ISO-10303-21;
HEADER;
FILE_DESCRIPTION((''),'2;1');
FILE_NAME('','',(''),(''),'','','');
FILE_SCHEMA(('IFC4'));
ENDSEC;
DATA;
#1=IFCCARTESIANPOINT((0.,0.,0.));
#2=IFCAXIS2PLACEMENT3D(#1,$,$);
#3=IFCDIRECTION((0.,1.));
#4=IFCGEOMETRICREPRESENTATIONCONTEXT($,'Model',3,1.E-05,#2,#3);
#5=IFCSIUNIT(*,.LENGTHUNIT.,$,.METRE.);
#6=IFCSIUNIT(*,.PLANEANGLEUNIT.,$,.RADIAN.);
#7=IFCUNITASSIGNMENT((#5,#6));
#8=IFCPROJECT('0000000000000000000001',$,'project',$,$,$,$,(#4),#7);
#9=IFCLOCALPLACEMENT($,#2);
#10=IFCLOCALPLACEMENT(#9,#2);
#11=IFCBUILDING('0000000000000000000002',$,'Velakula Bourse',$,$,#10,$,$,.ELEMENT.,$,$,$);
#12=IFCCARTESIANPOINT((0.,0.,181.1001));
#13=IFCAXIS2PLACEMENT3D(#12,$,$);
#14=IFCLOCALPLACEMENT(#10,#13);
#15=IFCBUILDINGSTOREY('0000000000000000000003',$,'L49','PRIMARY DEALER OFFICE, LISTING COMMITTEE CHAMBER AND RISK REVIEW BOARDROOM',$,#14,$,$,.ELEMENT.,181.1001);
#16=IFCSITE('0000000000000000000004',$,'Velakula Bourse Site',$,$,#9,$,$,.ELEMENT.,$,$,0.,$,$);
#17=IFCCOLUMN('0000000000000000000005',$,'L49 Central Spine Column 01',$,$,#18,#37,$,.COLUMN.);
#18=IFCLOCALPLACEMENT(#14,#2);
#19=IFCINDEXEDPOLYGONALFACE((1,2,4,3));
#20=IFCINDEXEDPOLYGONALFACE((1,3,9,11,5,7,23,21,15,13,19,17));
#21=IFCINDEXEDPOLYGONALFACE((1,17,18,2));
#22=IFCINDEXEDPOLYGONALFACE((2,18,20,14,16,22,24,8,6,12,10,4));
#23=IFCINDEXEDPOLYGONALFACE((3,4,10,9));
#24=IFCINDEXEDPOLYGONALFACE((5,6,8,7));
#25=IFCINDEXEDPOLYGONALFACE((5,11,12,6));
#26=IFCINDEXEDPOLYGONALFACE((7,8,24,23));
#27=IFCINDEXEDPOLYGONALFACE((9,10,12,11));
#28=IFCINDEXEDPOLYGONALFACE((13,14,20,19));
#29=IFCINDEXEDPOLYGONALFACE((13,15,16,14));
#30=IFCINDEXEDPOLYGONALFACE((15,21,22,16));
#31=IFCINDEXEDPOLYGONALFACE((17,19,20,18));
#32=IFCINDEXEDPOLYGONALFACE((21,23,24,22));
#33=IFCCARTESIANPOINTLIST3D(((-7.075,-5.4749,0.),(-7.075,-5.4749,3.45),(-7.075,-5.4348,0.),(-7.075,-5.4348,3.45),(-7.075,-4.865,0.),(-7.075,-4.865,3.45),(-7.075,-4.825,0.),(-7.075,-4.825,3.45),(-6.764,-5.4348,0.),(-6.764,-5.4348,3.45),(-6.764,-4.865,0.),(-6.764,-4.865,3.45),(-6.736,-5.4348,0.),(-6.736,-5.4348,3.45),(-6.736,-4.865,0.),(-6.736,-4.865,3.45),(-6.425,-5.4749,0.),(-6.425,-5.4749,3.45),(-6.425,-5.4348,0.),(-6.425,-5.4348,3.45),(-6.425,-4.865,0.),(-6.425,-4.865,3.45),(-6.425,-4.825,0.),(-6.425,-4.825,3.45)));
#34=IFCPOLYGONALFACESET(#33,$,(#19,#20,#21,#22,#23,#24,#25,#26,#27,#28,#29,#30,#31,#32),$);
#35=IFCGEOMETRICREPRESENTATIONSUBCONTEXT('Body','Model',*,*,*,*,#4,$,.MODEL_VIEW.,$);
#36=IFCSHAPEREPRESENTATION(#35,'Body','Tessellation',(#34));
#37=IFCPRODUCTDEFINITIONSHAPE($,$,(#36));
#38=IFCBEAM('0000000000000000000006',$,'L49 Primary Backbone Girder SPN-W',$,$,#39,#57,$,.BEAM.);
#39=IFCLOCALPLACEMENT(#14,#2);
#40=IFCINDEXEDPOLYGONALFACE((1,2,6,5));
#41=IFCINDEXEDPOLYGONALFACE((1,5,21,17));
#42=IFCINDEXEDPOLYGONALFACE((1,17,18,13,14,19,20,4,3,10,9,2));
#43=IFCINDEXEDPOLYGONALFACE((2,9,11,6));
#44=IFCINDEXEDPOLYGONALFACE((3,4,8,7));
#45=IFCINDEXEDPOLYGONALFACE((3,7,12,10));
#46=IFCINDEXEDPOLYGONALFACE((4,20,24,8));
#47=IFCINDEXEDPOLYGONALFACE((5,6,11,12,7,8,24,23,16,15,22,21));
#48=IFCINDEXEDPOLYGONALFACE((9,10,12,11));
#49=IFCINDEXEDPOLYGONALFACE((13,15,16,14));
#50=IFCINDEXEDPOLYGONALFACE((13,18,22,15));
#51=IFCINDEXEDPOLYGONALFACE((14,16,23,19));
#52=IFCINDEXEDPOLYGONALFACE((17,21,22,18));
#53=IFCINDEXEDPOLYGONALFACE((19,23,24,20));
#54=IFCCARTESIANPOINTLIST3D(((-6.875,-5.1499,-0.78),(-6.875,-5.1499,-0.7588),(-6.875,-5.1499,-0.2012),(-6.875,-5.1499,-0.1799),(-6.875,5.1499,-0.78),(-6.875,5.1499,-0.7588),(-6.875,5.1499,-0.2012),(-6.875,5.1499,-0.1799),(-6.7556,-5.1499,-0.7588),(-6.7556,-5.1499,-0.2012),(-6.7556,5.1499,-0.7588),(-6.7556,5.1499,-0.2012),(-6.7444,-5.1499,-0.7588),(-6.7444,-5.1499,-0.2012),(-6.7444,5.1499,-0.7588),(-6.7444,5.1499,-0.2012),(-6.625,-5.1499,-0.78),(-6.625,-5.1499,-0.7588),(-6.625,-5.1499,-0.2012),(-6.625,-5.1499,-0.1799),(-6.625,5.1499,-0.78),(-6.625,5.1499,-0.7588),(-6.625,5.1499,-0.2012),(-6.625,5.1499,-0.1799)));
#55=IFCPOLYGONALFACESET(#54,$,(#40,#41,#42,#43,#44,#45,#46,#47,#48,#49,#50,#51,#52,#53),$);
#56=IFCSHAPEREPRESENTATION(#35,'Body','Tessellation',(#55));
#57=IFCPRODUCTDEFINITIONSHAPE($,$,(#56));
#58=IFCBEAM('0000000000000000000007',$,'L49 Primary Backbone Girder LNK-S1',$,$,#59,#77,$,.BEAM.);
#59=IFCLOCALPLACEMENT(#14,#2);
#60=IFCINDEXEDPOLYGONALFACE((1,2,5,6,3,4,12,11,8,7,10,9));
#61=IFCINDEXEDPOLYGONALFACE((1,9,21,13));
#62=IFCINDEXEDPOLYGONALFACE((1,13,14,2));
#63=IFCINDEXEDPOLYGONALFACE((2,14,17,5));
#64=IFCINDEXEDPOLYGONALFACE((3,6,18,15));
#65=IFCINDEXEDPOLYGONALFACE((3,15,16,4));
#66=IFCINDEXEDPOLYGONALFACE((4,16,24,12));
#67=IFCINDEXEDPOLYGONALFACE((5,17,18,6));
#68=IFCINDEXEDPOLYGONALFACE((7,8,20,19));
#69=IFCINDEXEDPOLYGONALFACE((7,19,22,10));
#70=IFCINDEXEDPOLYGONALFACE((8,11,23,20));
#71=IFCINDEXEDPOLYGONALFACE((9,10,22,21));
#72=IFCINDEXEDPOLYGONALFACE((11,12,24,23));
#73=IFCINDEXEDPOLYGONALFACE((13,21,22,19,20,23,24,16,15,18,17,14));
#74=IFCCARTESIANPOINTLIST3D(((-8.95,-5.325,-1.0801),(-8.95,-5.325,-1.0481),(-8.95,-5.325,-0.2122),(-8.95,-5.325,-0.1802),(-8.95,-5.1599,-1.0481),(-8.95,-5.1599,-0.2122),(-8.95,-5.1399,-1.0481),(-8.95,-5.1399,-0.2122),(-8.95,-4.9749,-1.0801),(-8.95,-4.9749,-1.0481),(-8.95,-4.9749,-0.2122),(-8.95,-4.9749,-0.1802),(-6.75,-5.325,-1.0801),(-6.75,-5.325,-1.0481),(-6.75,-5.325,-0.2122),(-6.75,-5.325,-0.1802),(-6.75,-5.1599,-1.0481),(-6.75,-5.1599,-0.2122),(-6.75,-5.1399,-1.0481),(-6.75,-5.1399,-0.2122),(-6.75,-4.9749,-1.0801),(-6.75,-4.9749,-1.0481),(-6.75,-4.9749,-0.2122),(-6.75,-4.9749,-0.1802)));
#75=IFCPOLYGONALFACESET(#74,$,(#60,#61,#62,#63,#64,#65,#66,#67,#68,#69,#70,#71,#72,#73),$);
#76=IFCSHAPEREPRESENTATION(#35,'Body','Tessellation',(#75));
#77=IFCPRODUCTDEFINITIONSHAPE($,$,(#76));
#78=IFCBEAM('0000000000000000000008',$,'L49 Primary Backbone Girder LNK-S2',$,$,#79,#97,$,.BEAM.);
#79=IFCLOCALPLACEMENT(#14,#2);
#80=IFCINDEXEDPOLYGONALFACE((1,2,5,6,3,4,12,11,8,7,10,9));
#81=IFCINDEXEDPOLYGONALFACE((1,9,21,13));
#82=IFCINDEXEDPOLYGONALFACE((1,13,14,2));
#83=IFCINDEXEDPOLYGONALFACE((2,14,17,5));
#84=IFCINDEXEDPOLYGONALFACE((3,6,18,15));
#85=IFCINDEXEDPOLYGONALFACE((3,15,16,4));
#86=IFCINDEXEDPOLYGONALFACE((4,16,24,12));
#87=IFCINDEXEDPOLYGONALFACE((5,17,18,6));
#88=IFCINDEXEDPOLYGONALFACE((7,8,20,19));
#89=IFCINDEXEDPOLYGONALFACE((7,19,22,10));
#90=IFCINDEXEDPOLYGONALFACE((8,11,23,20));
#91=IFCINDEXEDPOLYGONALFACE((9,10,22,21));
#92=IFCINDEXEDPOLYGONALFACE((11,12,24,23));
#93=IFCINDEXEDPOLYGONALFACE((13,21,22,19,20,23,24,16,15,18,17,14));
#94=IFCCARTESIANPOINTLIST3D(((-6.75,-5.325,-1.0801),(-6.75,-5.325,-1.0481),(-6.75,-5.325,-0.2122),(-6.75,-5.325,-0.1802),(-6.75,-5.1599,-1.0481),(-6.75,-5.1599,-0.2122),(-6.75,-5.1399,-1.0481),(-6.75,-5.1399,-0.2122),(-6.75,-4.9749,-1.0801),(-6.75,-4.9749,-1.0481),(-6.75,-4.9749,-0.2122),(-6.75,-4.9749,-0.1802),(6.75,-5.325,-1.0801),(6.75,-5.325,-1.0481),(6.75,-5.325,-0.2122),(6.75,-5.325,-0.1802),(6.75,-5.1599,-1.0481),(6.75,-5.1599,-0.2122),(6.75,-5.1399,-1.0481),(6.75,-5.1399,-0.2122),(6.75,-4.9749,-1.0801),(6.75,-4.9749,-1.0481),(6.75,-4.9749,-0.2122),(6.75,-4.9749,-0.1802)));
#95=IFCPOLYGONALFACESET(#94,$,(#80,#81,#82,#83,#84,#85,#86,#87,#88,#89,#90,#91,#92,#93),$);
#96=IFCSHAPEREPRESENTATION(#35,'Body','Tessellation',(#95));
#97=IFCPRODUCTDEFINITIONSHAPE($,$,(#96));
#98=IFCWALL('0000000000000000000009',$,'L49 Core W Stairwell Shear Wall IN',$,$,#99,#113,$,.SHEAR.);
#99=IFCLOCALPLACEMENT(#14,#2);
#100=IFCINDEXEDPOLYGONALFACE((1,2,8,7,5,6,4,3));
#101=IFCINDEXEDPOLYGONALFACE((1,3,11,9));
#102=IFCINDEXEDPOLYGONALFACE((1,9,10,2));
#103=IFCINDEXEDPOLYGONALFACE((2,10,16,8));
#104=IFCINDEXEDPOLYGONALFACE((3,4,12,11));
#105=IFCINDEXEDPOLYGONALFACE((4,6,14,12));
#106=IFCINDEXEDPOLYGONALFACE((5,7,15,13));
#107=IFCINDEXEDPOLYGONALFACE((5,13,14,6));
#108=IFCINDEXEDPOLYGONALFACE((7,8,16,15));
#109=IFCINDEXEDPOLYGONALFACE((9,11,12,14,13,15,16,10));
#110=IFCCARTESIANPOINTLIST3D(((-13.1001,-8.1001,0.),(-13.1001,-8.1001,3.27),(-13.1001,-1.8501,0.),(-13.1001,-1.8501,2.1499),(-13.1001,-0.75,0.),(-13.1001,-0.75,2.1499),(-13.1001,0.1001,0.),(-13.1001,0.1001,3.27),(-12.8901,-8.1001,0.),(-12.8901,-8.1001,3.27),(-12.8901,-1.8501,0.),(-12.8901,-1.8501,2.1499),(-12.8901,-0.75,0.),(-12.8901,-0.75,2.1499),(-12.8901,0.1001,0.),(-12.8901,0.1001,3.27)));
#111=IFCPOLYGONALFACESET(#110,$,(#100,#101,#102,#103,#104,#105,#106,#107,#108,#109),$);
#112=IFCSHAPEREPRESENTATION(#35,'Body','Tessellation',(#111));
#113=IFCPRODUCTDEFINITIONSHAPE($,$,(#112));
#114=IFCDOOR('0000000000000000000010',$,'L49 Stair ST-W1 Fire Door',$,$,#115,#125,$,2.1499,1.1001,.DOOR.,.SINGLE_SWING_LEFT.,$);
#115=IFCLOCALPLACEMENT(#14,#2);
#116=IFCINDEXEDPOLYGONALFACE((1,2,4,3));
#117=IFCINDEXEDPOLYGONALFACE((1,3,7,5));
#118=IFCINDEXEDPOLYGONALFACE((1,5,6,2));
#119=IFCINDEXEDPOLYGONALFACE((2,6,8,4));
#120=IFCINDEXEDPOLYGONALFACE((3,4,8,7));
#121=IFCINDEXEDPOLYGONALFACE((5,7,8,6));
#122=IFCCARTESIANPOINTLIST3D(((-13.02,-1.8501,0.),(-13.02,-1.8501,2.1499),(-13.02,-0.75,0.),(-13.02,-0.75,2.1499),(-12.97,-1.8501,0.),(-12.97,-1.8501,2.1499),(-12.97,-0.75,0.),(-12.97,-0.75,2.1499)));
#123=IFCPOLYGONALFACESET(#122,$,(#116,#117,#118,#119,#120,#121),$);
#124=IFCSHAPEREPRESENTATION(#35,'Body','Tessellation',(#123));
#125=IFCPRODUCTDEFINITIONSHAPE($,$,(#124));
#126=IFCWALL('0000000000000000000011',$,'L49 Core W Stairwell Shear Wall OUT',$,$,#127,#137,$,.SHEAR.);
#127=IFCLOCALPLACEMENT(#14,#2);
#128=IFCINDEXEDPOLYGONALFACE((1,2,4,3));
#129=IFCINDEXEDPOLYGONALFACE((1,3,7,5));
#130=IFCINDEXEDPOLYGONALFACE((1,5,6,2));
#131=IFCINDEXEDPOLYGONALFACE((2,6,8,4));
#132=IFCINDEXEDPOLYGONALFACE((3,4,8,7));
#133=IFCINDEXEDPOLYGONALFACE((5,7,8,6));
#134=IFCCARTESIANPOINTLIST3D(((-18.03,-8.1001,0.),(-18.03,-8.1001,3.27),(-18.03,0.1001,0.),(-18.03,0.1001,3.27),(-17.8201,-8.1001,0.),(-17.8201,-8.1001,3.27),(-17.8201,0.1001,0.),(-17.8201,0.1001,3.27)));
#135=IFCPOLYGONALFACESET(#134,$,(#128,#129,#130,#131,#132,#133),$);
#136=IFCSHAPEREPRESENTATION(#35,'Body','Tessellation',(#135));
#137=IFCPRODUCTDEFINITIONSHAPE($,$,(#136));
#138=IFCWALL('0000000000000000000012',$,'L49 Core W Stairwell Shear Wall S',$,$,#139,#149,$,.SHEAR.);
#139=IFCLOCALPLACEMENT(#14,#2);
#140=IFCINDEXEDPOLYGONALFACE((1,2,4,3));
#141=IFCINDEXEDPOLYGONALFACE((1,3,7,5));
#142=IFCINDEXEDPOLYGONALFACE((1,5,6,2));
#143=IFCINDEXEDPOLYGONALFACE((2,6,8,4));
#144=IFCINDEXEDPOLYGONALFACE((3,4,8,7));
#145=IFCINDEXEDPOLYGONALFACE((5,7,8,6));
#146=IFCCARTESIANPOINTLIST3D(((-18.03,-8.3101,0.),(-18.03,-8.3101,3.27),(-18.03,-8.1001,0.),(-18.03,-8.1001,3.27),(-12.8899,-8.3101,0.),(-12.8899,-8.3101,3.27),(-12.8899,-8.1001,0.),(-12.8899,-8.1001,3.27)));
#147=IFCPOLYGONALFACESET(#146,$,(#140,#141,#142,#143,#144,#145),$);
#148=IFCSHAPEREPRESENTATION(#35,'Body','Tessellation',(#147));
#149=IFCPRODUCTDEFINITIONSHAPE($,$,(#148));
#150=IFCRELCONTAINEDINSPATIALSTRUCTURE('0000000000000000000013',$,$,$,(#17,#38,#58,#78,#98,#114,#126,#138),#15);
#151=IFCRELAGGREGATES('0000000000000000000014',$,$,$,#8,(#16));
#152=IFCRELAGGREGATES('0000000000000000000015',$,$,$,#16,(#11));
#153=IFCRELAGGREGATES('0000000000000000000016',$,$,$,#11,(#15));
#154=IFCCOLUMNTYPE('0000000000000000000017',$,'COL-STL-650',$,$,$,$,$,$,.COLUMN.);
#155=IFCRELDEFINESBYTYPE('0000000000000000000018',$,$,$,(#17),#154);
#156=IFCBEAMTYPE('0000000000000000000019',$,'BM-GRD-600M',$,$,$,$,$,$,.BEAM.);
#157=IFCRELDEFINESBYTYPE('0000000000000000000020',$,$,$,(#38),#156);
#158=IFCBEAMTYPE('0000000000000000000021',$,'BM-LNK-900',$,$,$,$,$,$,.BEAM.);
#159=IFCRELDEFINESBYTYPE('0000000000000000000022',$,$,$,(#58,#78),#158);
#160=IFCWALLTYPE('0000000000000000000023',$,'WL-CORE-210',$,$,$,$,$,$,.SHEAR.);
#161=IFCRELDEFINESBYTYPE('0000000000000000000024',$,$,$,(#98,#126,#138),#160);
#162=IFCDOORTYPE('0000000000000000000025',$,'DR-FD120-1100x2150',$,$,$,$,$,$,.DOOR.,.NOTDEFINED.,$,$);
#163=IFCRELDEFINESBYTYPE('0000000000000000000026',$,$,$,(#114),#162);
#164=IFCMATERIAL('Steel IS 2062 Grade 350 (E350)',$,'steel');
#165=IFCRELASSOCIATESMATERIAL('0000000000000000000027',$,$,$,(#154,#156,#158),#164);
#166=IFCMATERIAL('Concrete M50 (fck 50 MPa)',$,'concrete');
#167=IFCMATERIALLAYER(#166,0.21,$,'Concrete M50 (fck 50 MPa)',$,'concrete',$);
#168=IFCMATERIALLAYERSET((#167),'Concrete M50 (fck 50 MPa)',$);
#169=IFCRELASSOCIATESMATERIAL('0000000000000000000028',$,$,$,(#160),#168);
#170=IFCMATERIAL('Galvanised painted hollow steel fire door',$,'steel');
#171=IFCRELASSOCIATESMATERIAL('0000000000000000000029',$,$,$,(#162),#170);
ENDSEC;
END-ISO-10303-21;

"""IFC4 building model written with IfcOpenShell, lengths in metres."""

from ifc_helpers import new_model, si_unit, direction, frame, frame_2d, origin, origin_2d, place, context, subcontext, project, spatial, rectangle, i_section, extrude, material, layer, layer_set, material_profile, profile_set, type_object, element, fill, save


model = new_model("IFC4")

# Units and contexts
model_context = context("Model", 3, precision=1e-05, world=origin(), true_north=direction((0.0, 1.0)))
body_context = subcontext(model_context, "Body", "Model", "MODEL_VIEW")
ifc_project = project(units=[si_unit("LENGTHUNIT", "METRE"), si_unit("PLANEANGLEUNIT", "RADIAN")], contexts=[model_context])

# Site, building, storey
site_placement = place(None, origin())
site = spatial("IfcSite", under=ifc_project, at=site_placement, Name="Velakula Bourse Site", CompositionType="ELEMENT", RefElevation=0.0)
building_placement = place(site_placement, origin())
building = spatial("IfcBuilding", under=site, at=building_placement, Name="Velakula Bourse", CompositionType="ELEMENT")
storey_placement = place(building_placement, frame((0.0, 0.0, 181.1001)))
storey = spatial("IfcBuildingStorey", under=building, at=storey_placement, Name="L49", Description="PRIMARY DEALER OFFICE, LISTING COMMITTEE CHAMBER AND RISK REVIEW BOARDROOM", CompositionType="ELEMENT", Elevation=181.1001)

# Column
ifc_material_1 = material(Name="Steel IS 2062 Grade 350 (E350)", Category="steel")
ifc_material_profile_1 = material_profile(ifc_material_1, i_section(OverallWidth=0.6499, OverallDepth=0.6499, WebThickness=0.0281, FlangeThickness=0.04, at=origin_2d()), Name="Steel IS 2062 Grade 350 (E350)")
ifc_profile_set_1 = profile_set([ifc_material_profile_1], Name="Steel IS 2062 Grade 350 (E350)")
column_type = type_object("IfcColumnType", Name="COL-STL-650", PredefinedType="COLUMN", material=ifc_profile_set_1)
column_placement = place(storey_placement, frame((-6.75, -5.1499, 0.0), z_axis=(0.0, 0.0, 1.0), x_axis=(1.0, 0.0, 0.0)))
element("IfcColumn", 1, at=column_placement, inside=storey, type_object=column_type, Name="L49 Central Spine Column 01", PredefinedType="COLUMN", context=body_context, shape_type="SweptSolid", body=[
    extrude(i_section(OverallWidth=0.6499, OverallDepth=0.6499, WebThickness=0.0281, FlangeThickness=0.04, at=origin_2d()), origin(), (0.0, 0.0, 1.0), 3.45),
])

# Beams
ifc_material_profile_2 = material_profile(ifc_material_1, i_section(OverallWidth=0.25, OverallDepth=0.6001, WebThickness=0.0112, FlangeThickness=0.0212, at=origin_2d()), Name="Steel IS 2062 Grade 350 (E350)")
ifc_profile_set_2 = profile_set([ifc_material_profile_2], Name="Steel IS 2062 Grade 350 (E350)")
beam_type_1 = type_object("IfcBeamType", Name="BM-GRD-600M", PredefinedType="BEAM", material=ifc_profile_set_2)
beam_1_placement = place(storey_placement, frame((-6.75, -5.1499, -0.48), z_axis=(0.0, 1.0, 0.0), x_axis=(-1.0, 0.0, 0.0)))
element("IfcBeam", 2, at=beam_1_placement, inside=storey, type_object=beam_type_1, Name="L49 Primary Backbone Girder SPN-W", PredefinedType="BEAM", context=body_context, shape_type="SweptSolid", body=[
    extrude(i_section(OverallWidth=0.25, OverallDepth=0.6001, WebThickness=0.0112, FlangeThickness=0.0212, at=origin_2d()), origin(), (0.0, 0.0, 1.0), 10.2998),
])
ifc_material_profile_3 = material_profile(ifc_material_1, i_section(OverallWidth=0.3501, OverallDepth=0.8999, WebThickness=0.02, FlangeThickness=0.032, at=origin_2d()), Name="Steel IS 2062 Grade 350 (E350)")
ifc_profile_set_3 = profile_set([ifc_material_profile_3], Name="Steel IS 2062 Grade 350 (E350)")
beam_type_2 = type_object("IfcBeamType", Name="BM-LNK-900", PredefinedType="BEAM", material=ifc_profile_set_3)
beam_2_placement = place(storey_placement, frame((-8.95, -5.1499, -0.6301), z_axis=(1.0, 0.0, 0.0), x_axis=(0.0, 1.0, 0.0)))
element("IfcBeam", 3, at=beam_2_placement, inside=storey, type_object=beam_type_2, Name="L49 Primary Backbone Girder LNK-S1", PredefinedType="BEAM", context=body_context, shape_type="SweptSolid", body=[
    extrude(i_section(OverallWidth=0.3501, OverallDepth=0.8999, WebThickness=0.02, FlangeThickness=0.032, at=origin_2d()), origin(), (0.0, 0.0, 1.0), 2.2),
])
beam_3_placement = place(storey_placement, frame((-6.75, -5.1499, -0.6301), z_axis=(1.0, 0.0, 0.0), x_axis=(0.0, 1.0, 0.0)))
element("IfcBeam", 4, at=beam_3_placement, inside=storey, type_object=beam_type_2, Name="L49 Primary Backbone Girder LNK-S2", PredefinedType="BEAM", context=body_context, shape_type="SweptSolid", body=[
    extrude(i_section(OverallWidth=0.3501, OverallDepth=0.8999, WebThickness=0.02, FlangeThickness=0.032, at=origin_2d()), origin(), (0.0, 0.0, 1.0), 13.5),
])

# Wall, opening, door
ifc_material_2 = material(Name="Concrete M50 (fck 50 MPa)", Category="concrete")
ifc_layer_1 = layer(ifc_material_2, 0.21, Name="Concrete M50 (fck 50 MPa)", Category="concrete")
ifc_layer_set_1 = layer_set([ifc_layer_1], Name="Concrete M50 (fck 50 MPa)")
wall_type_1 = type_object("IfcWallType", Name="WL-CORE-210", PredefinedType="SHEAR", material=ifc_layer_set_1)
wall_1_placement = place(storey_placement, frame((-12.9951, -8.1001, 0.0), z_axis=(0.0, 0.0, 1.0), x_axis=(0.0, 1.0, 0.0)))
wall_1 = element("IfcWall", 5, at=wall_1_placement, inside=storey, type_object=wall_type_1, Name="L49 Core W Stairwell Shear Wall IN", PredefinedType="SHEAR", context=body_context, shape_type="SweptSolid", body=[
    extrude(rectangle(XDim=8.2002, YDim=0.21, at=frame_2d((4.1001, 0.0))), origin(), (0.0, 0.0, 1.0), 3.27),
])
opening_1_placement = place(wall_1_placement, frame((6.25, 0.0, 0.0)))
opening_1 = element("IfcOpeningElement", 6, at=opening_1_placement, cuts=wall_1, PredefinedType="OPENING", context=body_context, shape_type="SweptSolid", body=[
    extrude(rectangle(XDim=1.1001, YDim=2.1499, at=frame_2d((0.55, 1.075))), frame((0.0, 0.115, 0.0), z_axis=(0.0, -1.0, 0.0), x_axis=(1.0, 0.0, 0.0)), (0.0, 0.0, 1.0), 0.23),
])
ifc_material_3 = material(Name="Galvanised painted hollow steel fire door", Category="steel")
door_type_1 = type_object("IfcDoorType", Name="DR-FD120-1100x2150", OperationType="NOTDEFINED", PredefinedType="DOOR", material=ifc_material_3)
door_1_placement = place(opening_1_placement, origin())
door_1 = element("IfcDoor", 7, at=door_1_placement, inside=storey, type_object=door_type_1, Name="L49 Stair ST-W1 Fire Door", OperationType="SINGLE_SWING_LEFT", OverallHeight=2.1499, OverallWidth=1.1001, PredefinedType="DOOR", context=body_context, shape_type="SweptSolid", body=[
    extrude(rectangle(XDim=1.1001, YDim=2.1499, at=frame_2d((0.55, 1.075))), frame((0.0, 0.0249, 0.0), z_axis=(0.0, -1.0, 0.0), x_axis=(1.0, 0.0, 0.0)), (0.0, 0.0, 1.0), 0.05),
])
fill(opening_1, door_1)

# Walls
wall_2_placement = place(storey_placement, frame((-17.925, -8.1001, 0.0), z_axis=(0.0, 0.0, 1.0), x_axis=(0.0, 1.0, 0.0)))
element("IfcWall", 8, at=wall_2_placement, inside=storey, type_object=wall_type_1, Name="L49 Core W Stairwell Shear Wall OUT", PredefinedType="SHEAR", context=body_context, shape_type="SweptSolid", body=[
    extrude(rectangle(XDim=8.2002, YDim=0.21, at=frame_2d((4.1001, 0.0))), origin(), (0.0, 0.0, 1.0), 3.27),
])
wall_3_placement = place(storey_placement, frame((-18.03, -8.2051, 0.0), z_axis=(0.0, 0.0, 1.0), x_axis=(1.0, 0.0, 0.0)))
element("IfcWall", 9, at=wall_3_placement, inside=storey, type_object=wall_type_1, Name="L49 Core W Stairwell Shear Wall S", PredefinedType="SHEAR", context=body_context, shape_type="SweptSolid", body=[
    extrude(rectangle(XDim=5.1401, YDim=0.21, at=frame_2d((2.5701, 0.0))), origin(), (0.0, 0.0, 1.0), 3.27),
])

save(model, "model.ifc")
